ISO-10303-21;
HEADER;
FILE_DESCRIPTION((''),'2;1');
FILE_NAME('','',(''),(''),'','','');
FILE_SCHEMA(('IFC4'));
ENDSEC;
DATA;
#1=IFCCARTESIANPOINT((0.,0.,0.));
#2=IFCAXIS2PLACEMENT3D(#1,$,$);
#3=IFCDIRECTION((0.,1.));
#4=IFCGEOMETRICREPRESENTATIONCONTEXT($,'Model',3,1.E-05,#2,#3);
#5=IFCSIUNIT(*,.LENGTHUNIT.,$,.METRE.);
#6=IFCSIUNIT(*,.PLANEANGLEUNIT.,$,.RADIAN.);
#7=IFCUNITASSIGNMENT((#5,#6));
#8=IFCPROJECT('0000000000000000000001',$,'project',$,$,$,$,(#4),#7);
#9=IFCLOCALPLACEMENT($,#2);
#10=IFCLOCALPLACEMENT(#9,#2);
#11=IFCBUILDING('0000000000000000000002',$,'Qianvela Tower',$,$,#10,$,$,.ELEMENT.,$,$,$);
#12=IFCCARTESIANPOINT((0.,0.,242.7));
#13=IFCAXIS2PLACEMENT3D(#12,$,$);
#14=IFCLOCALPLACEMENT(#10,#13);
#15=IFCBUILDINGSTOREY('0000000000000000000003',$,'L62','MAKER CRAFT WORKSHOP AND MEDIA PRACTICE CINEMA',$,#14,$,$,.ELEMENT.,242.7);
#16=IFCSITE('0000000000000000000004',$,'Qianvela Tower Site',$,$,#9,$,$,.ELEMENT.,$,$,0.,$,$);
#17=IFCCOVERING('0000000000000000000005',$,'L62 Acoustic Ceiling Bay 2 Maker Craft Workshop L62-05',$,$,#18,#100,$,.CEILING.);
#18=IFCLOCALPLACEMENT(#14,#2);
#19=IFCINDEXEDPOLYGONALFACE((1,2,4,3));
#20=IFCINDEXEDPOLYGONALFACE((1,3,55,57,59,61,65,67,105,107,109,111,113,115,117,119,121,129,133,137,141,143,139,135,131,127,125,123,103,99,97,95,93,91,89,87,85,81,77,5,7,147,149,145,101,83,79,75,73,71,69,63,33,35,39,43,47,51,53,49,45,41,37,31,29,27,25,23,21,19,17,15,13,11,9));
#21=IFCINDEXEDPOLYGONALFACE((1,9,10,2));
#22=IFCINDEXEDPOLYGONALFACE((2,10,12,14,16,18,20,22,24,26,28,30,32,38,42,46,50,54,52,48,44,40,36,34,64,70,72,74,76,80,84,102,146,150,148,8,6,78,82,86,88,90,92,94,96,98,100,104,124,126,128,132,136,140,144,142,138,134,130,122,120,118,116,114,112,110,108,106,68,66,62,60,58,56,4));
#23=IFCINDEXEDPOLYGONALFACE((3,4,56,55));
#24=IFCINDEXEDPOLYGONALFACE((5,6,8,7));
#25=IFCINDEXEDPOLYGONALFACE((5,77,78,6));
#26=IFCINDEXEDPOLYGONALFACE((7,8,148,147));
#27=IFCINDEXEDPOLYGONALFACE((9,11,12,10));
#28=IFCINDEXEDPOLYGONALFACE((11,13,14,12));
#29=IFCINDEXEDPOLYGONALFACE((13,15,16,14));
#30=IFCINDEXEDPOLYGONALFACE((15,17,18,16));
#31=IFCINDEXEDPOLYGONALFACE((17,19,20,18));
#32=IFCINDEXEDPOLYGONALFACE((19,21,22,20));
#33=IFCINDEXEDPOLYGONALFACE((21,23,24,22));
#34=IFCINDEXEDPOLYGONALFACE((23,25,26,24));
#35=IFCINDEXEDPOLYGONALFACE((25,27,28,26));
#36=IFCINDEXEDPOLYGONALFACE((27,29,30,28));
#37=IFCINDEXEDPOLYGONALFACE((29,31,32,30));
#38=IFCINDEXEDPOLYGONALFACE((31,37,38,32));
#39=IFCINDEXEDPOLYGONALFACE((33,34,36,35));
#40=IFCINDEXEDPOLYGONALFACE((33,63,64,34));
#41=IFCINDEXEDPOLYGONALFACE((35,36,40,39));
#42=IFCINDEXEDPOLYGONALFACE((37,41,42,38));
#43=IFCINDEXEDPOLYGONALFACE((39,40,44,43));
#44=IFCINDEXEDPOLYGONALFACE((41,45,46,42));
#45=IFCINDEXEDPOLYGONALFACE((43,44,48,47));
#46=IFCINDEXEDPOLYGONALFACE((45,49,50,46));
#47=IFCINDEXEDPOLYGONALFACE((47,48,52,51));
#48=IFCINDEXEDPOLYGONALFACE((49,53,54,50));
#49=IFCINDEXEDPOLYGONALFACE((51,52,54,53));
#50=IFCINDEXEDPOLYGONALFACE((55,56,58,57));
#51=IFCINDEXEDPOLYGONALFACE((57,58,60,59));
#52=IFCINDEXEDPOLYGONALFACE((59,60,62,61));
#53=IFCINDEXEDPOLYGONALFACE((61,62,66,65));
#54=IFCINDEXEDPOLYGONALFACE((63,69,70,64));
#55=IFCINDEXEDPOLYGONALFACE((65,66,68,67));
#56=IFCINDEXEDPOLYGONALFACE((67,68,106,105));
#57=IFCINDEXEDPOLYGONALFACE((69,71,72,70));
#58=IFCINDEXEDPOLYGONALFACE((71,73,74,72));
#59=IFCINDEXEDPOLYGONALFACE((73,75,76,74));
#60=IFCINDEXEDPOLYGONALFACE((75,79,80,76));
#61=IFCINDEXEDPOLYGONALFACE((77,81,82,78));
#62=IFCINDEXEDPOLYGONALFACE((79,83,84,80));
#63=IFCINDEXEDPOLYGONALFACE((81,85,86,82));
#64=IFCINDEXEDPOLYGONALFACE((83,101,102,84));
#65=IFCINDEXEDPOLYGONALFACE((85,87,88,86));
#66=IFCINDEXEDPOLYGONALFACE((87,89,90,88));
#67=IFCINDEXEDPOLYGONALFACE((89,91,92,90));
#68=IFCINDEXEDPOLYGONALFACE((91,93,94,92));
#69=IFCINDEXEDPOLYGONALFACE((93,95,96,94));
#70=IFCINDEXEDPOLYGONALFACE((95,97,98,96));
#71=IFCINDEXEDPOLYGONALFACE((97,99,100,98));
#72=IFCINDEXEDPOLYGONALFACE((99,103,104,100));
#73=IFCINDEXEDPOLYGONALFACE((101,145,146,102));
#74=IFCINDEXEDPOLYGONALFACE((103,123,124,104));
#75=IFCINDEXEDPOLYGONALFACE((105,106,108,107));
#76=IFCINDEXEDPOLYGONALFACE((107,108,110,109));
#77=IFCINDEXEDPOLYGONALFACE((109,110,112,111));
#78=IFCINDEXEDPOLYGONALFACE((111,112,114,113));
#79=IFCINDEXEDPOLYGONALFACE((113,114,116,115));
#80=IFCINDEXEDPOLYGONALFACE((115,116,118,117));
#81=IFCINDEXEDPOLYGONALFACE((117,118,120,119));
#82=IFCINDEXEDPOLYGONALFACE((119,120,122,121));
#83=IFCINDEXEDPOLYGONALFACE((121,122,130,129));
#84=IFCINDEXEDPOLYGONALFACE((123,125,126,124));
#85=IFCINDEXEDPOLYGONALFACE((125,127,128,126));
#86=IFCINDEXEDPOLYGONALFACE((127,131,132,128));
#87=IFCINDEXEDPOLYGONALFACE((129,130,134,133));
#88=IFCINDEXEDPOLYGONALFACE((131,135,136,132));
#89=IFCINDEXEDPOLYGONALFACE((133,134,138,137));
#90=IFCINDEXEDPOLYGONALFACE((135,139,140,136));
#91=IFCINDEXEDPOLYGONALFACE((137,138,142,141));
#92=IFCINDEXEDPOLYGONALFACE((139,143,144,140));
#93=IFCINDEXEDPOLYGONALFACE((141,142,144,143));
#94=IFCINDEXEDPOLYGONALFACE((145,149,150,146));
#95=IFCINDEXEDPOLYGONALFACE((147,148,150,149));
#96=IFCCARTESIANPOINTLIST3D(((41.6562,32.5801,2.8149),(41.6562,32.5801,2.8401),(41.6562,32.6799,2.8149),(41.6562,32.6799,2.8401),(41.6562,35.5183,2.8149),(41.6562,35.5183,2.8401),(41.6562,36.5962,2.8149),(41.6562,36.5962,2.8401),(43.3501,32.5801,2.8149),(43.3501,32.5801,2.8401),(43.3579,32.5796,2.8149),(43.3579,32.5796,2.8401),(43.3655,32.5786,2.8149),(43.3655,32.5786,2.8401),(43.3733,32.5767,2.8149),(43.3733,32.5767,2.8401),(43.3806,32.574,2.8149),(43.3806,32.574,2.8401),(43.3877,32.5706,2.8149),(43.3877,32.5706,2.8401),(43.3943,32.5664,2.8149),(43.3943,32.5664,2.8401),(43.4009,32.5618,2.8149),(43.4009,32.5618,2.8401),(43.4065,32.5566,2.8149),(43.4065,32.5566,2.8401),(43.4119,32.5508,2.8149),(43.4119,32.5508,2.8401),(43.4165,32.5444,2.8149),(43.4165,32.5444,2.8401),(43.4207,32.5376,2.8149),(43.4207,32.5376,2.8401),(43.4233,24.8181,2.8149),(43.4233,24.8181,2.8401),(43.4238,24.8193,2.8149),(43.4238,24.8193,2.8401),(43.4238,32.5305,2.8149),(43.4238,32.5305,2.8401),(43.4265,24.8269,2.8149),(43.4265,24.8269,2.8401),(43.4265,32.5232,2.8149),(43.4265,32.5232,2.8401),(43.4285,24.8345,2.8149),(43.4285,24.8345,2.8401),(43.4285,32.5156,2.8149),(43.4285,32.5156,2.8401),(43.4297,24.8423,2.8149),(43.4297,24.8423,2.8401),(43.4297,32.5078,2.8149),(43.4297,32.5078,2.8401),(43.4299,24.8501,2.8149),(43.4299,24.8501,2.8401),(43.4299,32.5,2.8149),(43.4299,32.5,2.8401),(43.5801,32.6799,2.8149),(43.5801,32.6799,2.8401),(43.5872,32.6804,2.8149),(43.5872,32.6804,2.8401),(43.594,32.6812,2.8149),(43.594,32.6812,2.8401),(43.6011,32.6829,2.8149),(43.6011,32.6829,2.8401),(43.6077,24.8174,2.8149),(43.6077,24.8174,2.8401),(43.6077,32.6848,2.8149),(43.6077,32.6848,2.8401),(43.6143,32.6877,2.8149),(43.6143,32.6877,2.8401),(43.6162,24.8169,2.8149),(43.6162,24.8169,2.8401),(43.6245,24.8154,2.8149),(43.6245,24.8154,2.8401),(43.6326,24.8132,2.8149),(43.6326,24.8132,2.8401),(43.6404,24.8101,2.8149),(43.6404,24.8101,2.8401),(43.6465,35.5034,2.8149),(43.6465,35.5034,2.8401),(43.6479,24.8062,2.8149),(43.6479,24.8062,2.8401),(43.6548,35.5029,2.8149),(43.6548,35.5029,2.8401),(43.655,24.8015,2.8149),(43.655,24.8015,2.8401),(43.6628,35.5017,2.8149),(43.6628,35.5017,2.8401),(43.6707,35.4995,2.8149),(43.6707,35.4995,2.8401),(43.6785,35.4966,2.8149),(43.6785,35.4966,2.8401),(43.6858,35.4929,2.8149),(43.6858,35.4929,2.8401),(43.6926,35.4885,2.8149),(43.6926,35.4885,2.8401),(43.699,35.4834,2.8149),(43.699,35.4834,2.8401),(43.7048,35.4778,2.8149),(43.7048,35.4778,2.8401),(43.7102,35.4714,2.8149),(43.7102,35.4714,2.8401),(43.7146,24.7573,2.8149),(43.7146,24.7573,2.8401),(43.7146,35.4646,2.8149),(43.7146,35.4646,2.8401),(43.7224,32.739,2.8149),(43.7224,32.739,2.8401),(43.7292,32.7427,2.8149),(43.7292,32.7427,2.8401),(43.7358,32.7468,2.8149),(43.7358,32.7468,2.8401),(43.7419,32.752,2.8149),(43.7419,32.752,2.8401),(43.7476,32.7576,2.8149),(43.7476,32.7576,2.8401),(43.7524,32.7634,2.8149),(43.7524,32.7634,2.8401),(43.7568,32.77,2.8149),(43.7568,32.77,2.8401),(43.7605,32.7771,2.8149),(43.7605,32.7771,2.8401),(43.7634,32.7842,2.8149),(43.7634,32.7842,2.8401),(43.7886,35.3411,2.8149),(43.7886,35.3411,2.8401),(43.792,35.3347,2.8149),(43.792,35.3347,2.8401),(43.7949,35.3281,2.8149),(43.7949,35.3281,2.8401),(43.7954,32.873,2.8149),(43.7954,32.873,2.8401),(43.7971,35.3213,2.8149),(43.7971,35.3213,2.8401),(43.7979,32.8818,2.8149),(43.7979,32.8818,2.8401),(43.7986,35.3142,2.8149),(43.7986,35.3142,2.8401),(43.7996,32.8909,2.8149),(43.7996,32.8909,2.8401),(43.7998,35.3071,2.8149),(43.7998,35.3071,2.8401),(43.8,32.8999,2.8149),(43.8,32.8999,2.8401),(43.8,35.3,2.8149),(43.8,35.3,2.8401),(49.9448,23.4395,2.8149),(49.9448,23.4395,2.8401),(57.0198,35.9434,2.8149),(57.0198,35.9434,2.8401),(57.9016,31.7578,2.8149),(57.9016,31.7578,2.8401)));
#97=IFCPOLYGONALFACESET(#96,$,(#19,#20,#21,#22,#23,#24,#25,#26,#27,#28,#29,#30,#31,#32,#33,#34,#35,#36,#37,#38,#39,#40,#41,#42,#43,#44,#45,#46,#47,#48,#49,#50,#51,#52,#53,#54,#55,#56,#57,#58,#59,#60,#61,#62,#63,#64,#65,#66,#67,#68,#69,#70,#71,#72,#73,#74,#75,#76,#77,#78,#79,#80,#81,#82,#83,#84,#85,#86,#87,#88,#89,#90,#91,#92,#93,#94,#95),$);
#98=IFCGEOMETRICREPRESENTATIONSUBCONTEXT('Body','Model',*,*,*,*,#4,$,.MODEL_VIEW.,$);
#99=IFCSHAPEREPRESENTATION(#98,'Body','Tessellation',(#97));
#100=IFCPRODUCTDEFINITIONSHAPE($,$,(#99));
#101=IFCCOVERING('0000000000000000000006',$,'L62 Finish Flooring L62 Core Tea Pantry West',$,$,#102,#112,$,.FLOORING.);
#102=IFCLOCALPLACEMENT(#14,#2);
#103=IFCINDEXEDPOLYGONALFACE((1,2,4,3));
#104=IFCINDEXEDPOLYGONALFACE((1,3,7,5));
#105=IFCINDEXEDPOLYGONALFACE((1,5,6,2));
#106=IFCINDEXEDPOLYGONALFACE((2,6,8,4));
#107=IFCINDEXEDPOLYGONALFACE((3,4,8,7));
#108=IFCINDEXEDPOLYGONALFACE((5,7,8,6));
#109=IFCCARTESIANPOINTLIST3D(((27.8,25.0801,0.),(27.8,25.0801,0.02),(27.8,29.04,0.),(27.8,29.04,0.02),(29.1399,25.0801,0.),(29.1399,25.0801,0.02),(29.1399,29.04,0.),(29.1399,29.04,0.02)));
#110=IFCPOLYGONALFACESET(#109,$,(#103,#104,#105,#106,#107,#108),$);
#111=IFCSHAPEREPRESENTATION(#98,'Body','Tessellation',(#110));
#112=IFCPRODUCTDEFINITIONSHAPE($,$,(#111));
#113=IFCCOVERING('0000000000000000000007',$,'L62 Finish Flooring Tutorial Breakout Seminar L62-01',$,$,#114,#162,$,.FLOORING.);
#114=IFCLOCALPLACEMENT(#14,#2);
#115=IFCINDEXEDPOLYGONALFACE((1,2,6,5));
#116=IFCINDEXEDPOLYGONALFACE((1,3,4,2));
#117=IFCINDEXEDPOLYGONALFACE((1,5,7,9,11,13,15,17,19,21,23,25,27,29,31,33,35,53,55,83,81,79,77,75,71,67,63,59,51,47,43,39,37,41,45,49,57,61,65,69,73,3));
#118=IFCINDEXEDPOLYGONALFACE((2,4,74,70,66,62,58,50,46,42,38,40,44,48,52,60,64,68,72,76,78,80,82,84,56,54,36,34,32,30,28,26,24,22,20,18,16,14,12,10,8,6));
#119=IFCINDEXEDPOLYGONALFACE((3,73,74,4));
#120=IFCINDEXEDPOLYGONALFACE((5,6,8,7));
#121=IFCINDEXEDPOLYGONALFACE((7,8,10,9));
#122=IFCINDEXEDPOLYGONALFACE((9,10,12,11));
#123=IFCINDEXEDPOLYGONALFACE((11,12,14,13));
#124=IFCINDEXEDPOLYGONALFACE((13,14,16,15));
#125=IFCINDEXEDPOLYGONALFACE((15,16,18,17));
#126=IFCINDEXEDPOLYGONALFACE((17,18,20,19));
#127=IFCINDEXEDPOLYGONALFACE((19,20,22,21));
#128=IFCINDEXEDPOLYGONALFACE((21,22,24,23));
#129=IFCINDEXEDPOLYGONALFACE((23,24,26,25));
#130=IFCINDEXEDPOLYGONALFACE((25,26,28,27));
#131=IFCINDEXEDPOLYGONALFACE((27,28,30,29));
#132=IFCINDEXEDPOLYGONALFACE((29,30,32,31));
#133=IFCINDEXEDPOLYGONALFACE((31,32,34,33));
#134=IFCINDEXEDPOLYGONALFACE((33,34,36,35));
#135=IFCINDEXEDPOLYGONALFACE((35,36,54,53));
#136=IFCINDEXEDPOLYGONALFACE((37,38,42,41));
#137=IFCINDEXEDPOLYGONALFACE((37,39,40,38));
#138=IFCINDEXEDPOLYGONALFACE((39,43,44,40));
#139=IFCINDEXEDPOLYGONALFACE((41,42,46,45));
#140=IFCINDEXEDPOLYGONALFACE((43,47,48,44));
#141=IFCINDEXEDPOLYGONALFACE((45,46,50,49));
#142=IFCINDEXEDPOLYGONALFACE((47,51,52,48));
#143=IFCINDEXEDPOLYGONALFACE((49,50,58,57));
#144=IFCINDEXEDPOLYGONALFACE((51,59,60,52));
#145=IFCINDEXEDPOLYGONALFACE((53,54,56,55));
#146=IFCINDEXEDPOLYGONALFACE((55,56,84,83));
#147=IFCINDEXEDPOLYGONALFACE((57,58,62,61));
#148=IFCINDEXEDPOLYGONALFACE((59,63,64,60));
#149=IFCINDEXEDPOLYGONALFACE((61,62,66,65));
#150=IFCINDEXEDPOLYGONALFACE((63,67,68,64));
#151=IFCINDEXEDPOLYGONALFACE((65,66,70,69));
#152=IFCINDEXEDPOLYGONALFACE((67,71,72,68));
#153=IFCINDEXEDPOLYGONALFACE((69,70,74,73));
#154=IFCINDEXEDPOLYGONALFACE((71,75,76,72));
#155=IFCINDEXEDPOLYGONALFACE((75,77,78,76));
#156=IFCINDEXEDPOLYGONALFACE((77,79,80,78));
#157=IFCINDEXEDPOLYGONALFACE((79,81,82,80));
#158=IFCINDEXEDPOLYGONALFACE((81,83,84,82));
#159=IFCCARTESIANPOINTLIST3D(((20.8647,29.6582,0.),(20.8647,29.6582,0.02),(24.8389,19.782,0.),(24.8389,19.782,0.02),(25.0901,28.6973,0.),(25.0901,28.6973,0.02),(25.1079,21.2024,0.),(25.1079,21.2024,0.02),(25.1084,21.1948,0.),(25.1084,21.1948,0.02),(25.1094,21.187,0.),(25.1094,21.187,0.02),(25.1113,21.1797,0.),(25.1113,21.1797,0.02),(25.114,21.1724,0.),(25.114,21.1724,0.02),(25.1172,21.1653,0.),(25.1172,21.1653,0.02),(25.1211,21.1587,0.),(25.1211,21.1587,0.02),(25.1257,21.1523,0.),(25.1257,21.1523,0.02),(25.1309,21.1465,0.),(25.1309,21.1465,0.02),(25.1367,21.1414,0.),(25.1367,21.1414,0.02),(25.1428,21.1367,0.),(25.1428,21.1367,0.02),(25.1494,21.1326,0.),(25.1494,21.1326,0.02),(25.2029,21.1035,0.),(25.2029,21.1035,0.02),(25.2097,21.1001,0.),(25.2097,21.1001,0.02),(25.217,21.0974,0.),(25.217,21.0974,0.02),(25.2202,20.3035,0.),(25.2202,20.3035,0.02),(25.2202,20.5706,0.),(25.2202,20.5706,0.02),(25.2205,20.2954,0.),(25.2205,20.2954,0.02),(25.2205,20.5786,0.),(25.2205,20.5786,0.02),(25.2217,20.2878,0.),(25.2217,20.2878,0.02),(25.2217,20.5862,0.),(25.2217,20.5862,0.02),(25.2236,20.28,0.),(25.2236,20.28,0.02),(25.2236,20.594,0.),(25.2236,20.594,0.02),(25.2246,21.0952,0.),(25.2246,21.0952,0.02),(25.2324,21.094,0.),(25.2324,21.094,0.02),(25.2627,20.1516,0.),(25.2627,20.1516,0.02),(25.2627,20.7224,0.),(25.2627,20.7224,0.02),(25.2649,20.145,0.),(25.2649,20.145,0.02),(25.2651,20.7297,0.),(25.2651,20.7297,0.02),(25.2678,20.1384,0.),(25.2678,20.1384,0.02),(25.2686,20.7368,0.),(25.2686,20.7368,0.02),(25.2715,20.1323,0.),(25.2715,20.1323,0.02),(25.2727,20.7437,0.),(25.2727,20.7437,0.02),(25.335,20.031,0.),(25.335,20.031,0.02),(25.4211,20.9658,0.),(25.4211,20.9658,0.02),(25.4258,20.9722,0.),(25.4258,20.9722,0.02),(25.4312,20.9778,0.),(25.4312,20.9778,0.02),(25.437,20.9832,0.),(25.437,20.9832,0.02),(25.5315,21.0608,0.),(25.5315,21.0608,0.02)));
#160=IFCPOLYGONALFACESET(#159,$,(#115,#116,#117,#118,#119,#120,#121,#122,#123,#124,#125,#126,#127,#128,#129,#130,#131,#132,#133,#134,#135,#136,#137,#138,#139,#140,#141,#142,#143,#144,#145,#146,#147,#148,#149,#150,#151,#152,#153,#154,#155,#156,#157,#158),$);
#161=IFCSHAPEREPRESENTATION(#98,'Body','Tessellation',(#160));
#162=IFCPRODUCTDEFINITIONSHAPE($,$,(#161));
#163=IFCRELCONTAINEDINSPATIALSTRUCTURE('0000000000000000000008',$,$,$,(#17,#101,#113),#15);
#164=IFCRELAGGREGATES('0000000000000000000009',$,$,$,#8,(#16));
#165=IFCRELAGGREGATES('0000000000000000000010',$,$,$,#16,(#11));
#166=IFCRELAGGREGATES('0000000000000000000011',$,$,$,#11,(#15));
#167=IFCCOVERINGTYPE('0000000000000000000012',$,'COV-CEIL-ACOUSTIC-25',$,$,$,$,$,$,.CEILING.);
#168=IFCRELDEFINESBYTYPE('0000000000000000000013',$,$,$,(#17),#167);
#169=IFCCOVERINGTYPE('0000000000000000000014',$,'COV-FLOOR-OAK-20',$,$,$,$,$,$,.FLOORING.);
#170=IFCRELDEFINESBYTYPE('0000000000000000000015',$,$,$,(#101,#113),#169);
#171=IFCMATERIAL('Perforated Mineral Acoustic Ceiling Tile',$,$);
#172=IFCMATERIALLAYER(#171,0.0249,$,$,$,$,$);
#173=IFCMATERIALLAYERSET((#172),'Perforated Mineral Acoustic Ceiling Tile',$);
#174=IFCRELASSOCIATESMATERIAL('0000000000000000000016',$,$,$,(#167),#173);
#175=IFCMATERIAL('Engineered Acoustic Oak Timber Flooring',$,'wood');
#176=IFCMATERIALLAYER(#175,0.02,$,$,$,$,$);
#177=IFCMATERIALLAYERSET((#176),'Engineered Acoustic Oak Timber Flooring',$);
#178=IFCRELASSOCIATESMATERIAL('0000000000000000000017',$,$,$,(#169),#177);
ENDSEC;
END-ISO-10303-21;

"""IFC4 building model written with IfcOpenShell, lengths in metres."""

from ifc_helpers import new_model, si_unit, direction, frame, origin, place, context, subcontext, project, spatial, polyline, outline, extrude, material, layer, layer_set, type_object, element, save


model = new_model("IFC4")

# Units and contexts
model_context = context("Model", 3, precision=1e-05, world=origin(), true_north=direction((0.0, 1.0)))
body_context = subcontext(model_context, "Body", "Model", "MODEL_VIEW")
ifc_project = project(units=[si_unit("LENGTHUNIT", "METRE"), si_unit("PLANEANGLEUNIT", "RADIAN")], contexts=[model_context])

# Site, building, storey
site_placement = place(None, origin())
site = spatial("IfcSite", under=ifc_project, at=site_placement, Name="Qianvela Tower Site", CompositionType="ELEMENT", RefElevation=0.0)
building_placement = place(site_placement, origin())
building = spatial("IfcBuilding", under=site, at=building_placement, Name="Qianvela Tower", CompositionType="ELEMENT")
storey_placement = place(building_placement, frame((0.0, 0.0, 242.7)))
storey = spatial("IfcBuildingStorey", under=building, at=storey_placement, Name="L62", Description="MAKER CRAFT WORKSHOP AND MEDIA PRACTICE CINEMA", CompositionType="ELEMENT", Elevation=242.7)

# Coverings
ifc_material_1 = material(Name="Perforated Mineral Acoustic Ceiling Tile")
ifc_layer_1 = layer(ifc_material_1, 0.0249)
ifc_layer_set_1 = layer_set([ifc_layer_1], Name="Perforated Mineral Acoustic Ceiling Tile")
covering_type_1 = type_object("IfcCoveringType", Name="COV-CEIL-ACOUSTIC-25", PredefinedType="CEILING", material=ifc_layer_set_1)
covering_1_placement = place(storey_placement, frame((0.0, 0.0, 2.8149)))
element("IfcCovering", 1, at=covering_1_placement, inside=storey, type_object=covering_type_1, Name="L62 Acoustic Ceiling Bay 2 Maker Craft Workshop L62-05", PredefinedType="CEILING", context=body_context, shape_type="SweptSolid", body=[
    extrude(outline(polyline([(57.0198, 35.9434), (57.9016, 31.7578), (49.9448, 23.4395), (43.7146, 24.7573), (43.655, 24.8015), (43.6479, 24.8062), (43.6404, 24.8101), (43.6326, 24.8132), (43.6245, 24.8154), (43.6162, 24.8169), (43.6077, 24.8174), (43.4233, 24.8181), (43.4238, 24.8193), (43.4265, 24.8269), (43.4285, 24.8345), (43.4297, 24.8423), (43.4299, 24.8501), (43.4299, 32.5), (43.4297, 32.5078), (43.4285, 32.5156), (43.4265, 32.5232), (43.4238, 32.5305), (43.4207, 32.5376), (43.4165, 32.5444), (43.4119, 32.5508), (43.4065, 32.5566), (43.4009, 32.5618), (43.3943, 32.5664), (43.3877, 32.5706), (43.3806, 32.574), (43.3733, 32.5767), (43.3655, 32.5786), (43.3579, 32.5796), (43.3501, 32.5801), (41.6562, 32.5801), (41.6562, 32.6799), (43.5801, 32.6799), (43.5872, 32.6804), (43.594, 32.6812), (43.6011, 32.6829), (43.6077, 32.6848), (43.6143, 32.6877), (43.7224, 32.739), (43.7292, 32.7427), (43.7358, 32.7468), (43.7419, 32.752), (43.7476, 32.7576), (43.7524, 32.7634), (43.7568, 32.77), (43.7605, 32.7771), (43.7634, 32.7842), (43.7954, 32.873), (43.7979, 32.8818), (43.7996, 32.8909), (43.8, 32.8999), (43.8, 35.3), (43.7998, 35.3071), (43.7986, 35.3142), (43.7971, 35.3213), (43.7949, 35.3281), (43.792, 35.3347), (43.7886, 35.3411), (43.7146, 35.4646), (43.7102, 35.4714), (43.7048, 35.4778), (43.699, 35.4834), (43.6926, 35.4885), (43.6858, 35.4929), (43.6785, 35.4966), (43.6707, 35.4995), (43.6628, 35.5017), (43.6548, 35.5029), (43.6465, 35.5034), (41.6562, 35.5183), (41.6562, 36.5962), (57.0198, 35.9434)])), origin(), (0.0, 0.0, 1.0), 0.0251),
])
ifc_material_2 = material(Name="Engineered Acoustic Oak Timber Flooring", Category="wood")
ifc_layer_2 = layer(ifc_material_2, 0.02)
ifc_layer_set_2 = layer_set([ifc_layer_2], Name="Engineered Acoustic Oak Timber Flooring")
covering_type_2 = type_object("IfcCoveringType", Name="COV-FLOOR-OAK-20", PredefinedType="FLOORING", material=ifc_layer_set_2)
covering_2_placement = place(storey_placement, origin())
element("IfcCovering", 2, at=covering_2_placement, inside=storey, type_object=covering_type_2, Name="L62 Finish Flooring L62 Core Tea Pantry West", PredefinedType="FLOORING", context=body_context, shape_type="SweptSolid", body=[
    extrude(outline(polyline([(27.8, 25.0801), (27.8, 29.04), (29.1399, 29.04), (29.1399, 25.0801), (27.8, 25.0801)])), origin(), (0.0, 0.0, 1.0), 0.02),
])
covering_3_placement = place(storey_placement, origin())
element("IfcCovering", 3, at=covering_3_placement, inside=storey, type_object=covering_type_2, Name="L62 Finish Flooring Tutorial Breakout Seminar L62-01", PredefinedType="FLOORING", context=body_context, shape_type="SweptSolid", body=[
    extrude(outline(polyline([(25.2029, 21.1035), (25.2097, 21.1001), (25.217, 21.0974), (25.2246, 21.0952), (25.2324, 21.094), (25.5315, 21.0608), (25.437, 20.9832), (25.4312, 20.9778), (25.4258, 20.9722), (25.4211, 20.9658), (25.2727, 20.7437), (25.2686, 20.7368), (25.2651, 20.7297), (25.2627, 20.7224), (25.2236, 20.594), (25.2217, 20.5862), (25.2205, 20.5786), (25.2202, 20.5706), (25.2202, 20.3035), (25.2205, 20.2954), (25.2217, 20.2878), (25.2236, 20.28), (25.2627, 20.1516), (25.2649, 20.145), (25.2678, 20.1384), (25.2715, 20.1323), (25.335, 20.031), (24.8389, 19.782), (20.8647, 29.6582), (25.0901, 28.6973), (25.1079, 21.2024), (25.1084, 21.1948), (25.1094, 21.187), (25.1113, 21.1797), (25.114, 21.1724), (25.1172, 21.1653), (25.1211, 21.1587), (25.1257, 21.1523), (25.1309, 21.1465), (25.1367, 21.1414), (25.1428, 21.1367), (25.1494, 21.1326), (25.2029, 21.1035)])), origin(), (0.0, 0.0, 1.0), 0.02),
])

save(model, "model.ifc")
